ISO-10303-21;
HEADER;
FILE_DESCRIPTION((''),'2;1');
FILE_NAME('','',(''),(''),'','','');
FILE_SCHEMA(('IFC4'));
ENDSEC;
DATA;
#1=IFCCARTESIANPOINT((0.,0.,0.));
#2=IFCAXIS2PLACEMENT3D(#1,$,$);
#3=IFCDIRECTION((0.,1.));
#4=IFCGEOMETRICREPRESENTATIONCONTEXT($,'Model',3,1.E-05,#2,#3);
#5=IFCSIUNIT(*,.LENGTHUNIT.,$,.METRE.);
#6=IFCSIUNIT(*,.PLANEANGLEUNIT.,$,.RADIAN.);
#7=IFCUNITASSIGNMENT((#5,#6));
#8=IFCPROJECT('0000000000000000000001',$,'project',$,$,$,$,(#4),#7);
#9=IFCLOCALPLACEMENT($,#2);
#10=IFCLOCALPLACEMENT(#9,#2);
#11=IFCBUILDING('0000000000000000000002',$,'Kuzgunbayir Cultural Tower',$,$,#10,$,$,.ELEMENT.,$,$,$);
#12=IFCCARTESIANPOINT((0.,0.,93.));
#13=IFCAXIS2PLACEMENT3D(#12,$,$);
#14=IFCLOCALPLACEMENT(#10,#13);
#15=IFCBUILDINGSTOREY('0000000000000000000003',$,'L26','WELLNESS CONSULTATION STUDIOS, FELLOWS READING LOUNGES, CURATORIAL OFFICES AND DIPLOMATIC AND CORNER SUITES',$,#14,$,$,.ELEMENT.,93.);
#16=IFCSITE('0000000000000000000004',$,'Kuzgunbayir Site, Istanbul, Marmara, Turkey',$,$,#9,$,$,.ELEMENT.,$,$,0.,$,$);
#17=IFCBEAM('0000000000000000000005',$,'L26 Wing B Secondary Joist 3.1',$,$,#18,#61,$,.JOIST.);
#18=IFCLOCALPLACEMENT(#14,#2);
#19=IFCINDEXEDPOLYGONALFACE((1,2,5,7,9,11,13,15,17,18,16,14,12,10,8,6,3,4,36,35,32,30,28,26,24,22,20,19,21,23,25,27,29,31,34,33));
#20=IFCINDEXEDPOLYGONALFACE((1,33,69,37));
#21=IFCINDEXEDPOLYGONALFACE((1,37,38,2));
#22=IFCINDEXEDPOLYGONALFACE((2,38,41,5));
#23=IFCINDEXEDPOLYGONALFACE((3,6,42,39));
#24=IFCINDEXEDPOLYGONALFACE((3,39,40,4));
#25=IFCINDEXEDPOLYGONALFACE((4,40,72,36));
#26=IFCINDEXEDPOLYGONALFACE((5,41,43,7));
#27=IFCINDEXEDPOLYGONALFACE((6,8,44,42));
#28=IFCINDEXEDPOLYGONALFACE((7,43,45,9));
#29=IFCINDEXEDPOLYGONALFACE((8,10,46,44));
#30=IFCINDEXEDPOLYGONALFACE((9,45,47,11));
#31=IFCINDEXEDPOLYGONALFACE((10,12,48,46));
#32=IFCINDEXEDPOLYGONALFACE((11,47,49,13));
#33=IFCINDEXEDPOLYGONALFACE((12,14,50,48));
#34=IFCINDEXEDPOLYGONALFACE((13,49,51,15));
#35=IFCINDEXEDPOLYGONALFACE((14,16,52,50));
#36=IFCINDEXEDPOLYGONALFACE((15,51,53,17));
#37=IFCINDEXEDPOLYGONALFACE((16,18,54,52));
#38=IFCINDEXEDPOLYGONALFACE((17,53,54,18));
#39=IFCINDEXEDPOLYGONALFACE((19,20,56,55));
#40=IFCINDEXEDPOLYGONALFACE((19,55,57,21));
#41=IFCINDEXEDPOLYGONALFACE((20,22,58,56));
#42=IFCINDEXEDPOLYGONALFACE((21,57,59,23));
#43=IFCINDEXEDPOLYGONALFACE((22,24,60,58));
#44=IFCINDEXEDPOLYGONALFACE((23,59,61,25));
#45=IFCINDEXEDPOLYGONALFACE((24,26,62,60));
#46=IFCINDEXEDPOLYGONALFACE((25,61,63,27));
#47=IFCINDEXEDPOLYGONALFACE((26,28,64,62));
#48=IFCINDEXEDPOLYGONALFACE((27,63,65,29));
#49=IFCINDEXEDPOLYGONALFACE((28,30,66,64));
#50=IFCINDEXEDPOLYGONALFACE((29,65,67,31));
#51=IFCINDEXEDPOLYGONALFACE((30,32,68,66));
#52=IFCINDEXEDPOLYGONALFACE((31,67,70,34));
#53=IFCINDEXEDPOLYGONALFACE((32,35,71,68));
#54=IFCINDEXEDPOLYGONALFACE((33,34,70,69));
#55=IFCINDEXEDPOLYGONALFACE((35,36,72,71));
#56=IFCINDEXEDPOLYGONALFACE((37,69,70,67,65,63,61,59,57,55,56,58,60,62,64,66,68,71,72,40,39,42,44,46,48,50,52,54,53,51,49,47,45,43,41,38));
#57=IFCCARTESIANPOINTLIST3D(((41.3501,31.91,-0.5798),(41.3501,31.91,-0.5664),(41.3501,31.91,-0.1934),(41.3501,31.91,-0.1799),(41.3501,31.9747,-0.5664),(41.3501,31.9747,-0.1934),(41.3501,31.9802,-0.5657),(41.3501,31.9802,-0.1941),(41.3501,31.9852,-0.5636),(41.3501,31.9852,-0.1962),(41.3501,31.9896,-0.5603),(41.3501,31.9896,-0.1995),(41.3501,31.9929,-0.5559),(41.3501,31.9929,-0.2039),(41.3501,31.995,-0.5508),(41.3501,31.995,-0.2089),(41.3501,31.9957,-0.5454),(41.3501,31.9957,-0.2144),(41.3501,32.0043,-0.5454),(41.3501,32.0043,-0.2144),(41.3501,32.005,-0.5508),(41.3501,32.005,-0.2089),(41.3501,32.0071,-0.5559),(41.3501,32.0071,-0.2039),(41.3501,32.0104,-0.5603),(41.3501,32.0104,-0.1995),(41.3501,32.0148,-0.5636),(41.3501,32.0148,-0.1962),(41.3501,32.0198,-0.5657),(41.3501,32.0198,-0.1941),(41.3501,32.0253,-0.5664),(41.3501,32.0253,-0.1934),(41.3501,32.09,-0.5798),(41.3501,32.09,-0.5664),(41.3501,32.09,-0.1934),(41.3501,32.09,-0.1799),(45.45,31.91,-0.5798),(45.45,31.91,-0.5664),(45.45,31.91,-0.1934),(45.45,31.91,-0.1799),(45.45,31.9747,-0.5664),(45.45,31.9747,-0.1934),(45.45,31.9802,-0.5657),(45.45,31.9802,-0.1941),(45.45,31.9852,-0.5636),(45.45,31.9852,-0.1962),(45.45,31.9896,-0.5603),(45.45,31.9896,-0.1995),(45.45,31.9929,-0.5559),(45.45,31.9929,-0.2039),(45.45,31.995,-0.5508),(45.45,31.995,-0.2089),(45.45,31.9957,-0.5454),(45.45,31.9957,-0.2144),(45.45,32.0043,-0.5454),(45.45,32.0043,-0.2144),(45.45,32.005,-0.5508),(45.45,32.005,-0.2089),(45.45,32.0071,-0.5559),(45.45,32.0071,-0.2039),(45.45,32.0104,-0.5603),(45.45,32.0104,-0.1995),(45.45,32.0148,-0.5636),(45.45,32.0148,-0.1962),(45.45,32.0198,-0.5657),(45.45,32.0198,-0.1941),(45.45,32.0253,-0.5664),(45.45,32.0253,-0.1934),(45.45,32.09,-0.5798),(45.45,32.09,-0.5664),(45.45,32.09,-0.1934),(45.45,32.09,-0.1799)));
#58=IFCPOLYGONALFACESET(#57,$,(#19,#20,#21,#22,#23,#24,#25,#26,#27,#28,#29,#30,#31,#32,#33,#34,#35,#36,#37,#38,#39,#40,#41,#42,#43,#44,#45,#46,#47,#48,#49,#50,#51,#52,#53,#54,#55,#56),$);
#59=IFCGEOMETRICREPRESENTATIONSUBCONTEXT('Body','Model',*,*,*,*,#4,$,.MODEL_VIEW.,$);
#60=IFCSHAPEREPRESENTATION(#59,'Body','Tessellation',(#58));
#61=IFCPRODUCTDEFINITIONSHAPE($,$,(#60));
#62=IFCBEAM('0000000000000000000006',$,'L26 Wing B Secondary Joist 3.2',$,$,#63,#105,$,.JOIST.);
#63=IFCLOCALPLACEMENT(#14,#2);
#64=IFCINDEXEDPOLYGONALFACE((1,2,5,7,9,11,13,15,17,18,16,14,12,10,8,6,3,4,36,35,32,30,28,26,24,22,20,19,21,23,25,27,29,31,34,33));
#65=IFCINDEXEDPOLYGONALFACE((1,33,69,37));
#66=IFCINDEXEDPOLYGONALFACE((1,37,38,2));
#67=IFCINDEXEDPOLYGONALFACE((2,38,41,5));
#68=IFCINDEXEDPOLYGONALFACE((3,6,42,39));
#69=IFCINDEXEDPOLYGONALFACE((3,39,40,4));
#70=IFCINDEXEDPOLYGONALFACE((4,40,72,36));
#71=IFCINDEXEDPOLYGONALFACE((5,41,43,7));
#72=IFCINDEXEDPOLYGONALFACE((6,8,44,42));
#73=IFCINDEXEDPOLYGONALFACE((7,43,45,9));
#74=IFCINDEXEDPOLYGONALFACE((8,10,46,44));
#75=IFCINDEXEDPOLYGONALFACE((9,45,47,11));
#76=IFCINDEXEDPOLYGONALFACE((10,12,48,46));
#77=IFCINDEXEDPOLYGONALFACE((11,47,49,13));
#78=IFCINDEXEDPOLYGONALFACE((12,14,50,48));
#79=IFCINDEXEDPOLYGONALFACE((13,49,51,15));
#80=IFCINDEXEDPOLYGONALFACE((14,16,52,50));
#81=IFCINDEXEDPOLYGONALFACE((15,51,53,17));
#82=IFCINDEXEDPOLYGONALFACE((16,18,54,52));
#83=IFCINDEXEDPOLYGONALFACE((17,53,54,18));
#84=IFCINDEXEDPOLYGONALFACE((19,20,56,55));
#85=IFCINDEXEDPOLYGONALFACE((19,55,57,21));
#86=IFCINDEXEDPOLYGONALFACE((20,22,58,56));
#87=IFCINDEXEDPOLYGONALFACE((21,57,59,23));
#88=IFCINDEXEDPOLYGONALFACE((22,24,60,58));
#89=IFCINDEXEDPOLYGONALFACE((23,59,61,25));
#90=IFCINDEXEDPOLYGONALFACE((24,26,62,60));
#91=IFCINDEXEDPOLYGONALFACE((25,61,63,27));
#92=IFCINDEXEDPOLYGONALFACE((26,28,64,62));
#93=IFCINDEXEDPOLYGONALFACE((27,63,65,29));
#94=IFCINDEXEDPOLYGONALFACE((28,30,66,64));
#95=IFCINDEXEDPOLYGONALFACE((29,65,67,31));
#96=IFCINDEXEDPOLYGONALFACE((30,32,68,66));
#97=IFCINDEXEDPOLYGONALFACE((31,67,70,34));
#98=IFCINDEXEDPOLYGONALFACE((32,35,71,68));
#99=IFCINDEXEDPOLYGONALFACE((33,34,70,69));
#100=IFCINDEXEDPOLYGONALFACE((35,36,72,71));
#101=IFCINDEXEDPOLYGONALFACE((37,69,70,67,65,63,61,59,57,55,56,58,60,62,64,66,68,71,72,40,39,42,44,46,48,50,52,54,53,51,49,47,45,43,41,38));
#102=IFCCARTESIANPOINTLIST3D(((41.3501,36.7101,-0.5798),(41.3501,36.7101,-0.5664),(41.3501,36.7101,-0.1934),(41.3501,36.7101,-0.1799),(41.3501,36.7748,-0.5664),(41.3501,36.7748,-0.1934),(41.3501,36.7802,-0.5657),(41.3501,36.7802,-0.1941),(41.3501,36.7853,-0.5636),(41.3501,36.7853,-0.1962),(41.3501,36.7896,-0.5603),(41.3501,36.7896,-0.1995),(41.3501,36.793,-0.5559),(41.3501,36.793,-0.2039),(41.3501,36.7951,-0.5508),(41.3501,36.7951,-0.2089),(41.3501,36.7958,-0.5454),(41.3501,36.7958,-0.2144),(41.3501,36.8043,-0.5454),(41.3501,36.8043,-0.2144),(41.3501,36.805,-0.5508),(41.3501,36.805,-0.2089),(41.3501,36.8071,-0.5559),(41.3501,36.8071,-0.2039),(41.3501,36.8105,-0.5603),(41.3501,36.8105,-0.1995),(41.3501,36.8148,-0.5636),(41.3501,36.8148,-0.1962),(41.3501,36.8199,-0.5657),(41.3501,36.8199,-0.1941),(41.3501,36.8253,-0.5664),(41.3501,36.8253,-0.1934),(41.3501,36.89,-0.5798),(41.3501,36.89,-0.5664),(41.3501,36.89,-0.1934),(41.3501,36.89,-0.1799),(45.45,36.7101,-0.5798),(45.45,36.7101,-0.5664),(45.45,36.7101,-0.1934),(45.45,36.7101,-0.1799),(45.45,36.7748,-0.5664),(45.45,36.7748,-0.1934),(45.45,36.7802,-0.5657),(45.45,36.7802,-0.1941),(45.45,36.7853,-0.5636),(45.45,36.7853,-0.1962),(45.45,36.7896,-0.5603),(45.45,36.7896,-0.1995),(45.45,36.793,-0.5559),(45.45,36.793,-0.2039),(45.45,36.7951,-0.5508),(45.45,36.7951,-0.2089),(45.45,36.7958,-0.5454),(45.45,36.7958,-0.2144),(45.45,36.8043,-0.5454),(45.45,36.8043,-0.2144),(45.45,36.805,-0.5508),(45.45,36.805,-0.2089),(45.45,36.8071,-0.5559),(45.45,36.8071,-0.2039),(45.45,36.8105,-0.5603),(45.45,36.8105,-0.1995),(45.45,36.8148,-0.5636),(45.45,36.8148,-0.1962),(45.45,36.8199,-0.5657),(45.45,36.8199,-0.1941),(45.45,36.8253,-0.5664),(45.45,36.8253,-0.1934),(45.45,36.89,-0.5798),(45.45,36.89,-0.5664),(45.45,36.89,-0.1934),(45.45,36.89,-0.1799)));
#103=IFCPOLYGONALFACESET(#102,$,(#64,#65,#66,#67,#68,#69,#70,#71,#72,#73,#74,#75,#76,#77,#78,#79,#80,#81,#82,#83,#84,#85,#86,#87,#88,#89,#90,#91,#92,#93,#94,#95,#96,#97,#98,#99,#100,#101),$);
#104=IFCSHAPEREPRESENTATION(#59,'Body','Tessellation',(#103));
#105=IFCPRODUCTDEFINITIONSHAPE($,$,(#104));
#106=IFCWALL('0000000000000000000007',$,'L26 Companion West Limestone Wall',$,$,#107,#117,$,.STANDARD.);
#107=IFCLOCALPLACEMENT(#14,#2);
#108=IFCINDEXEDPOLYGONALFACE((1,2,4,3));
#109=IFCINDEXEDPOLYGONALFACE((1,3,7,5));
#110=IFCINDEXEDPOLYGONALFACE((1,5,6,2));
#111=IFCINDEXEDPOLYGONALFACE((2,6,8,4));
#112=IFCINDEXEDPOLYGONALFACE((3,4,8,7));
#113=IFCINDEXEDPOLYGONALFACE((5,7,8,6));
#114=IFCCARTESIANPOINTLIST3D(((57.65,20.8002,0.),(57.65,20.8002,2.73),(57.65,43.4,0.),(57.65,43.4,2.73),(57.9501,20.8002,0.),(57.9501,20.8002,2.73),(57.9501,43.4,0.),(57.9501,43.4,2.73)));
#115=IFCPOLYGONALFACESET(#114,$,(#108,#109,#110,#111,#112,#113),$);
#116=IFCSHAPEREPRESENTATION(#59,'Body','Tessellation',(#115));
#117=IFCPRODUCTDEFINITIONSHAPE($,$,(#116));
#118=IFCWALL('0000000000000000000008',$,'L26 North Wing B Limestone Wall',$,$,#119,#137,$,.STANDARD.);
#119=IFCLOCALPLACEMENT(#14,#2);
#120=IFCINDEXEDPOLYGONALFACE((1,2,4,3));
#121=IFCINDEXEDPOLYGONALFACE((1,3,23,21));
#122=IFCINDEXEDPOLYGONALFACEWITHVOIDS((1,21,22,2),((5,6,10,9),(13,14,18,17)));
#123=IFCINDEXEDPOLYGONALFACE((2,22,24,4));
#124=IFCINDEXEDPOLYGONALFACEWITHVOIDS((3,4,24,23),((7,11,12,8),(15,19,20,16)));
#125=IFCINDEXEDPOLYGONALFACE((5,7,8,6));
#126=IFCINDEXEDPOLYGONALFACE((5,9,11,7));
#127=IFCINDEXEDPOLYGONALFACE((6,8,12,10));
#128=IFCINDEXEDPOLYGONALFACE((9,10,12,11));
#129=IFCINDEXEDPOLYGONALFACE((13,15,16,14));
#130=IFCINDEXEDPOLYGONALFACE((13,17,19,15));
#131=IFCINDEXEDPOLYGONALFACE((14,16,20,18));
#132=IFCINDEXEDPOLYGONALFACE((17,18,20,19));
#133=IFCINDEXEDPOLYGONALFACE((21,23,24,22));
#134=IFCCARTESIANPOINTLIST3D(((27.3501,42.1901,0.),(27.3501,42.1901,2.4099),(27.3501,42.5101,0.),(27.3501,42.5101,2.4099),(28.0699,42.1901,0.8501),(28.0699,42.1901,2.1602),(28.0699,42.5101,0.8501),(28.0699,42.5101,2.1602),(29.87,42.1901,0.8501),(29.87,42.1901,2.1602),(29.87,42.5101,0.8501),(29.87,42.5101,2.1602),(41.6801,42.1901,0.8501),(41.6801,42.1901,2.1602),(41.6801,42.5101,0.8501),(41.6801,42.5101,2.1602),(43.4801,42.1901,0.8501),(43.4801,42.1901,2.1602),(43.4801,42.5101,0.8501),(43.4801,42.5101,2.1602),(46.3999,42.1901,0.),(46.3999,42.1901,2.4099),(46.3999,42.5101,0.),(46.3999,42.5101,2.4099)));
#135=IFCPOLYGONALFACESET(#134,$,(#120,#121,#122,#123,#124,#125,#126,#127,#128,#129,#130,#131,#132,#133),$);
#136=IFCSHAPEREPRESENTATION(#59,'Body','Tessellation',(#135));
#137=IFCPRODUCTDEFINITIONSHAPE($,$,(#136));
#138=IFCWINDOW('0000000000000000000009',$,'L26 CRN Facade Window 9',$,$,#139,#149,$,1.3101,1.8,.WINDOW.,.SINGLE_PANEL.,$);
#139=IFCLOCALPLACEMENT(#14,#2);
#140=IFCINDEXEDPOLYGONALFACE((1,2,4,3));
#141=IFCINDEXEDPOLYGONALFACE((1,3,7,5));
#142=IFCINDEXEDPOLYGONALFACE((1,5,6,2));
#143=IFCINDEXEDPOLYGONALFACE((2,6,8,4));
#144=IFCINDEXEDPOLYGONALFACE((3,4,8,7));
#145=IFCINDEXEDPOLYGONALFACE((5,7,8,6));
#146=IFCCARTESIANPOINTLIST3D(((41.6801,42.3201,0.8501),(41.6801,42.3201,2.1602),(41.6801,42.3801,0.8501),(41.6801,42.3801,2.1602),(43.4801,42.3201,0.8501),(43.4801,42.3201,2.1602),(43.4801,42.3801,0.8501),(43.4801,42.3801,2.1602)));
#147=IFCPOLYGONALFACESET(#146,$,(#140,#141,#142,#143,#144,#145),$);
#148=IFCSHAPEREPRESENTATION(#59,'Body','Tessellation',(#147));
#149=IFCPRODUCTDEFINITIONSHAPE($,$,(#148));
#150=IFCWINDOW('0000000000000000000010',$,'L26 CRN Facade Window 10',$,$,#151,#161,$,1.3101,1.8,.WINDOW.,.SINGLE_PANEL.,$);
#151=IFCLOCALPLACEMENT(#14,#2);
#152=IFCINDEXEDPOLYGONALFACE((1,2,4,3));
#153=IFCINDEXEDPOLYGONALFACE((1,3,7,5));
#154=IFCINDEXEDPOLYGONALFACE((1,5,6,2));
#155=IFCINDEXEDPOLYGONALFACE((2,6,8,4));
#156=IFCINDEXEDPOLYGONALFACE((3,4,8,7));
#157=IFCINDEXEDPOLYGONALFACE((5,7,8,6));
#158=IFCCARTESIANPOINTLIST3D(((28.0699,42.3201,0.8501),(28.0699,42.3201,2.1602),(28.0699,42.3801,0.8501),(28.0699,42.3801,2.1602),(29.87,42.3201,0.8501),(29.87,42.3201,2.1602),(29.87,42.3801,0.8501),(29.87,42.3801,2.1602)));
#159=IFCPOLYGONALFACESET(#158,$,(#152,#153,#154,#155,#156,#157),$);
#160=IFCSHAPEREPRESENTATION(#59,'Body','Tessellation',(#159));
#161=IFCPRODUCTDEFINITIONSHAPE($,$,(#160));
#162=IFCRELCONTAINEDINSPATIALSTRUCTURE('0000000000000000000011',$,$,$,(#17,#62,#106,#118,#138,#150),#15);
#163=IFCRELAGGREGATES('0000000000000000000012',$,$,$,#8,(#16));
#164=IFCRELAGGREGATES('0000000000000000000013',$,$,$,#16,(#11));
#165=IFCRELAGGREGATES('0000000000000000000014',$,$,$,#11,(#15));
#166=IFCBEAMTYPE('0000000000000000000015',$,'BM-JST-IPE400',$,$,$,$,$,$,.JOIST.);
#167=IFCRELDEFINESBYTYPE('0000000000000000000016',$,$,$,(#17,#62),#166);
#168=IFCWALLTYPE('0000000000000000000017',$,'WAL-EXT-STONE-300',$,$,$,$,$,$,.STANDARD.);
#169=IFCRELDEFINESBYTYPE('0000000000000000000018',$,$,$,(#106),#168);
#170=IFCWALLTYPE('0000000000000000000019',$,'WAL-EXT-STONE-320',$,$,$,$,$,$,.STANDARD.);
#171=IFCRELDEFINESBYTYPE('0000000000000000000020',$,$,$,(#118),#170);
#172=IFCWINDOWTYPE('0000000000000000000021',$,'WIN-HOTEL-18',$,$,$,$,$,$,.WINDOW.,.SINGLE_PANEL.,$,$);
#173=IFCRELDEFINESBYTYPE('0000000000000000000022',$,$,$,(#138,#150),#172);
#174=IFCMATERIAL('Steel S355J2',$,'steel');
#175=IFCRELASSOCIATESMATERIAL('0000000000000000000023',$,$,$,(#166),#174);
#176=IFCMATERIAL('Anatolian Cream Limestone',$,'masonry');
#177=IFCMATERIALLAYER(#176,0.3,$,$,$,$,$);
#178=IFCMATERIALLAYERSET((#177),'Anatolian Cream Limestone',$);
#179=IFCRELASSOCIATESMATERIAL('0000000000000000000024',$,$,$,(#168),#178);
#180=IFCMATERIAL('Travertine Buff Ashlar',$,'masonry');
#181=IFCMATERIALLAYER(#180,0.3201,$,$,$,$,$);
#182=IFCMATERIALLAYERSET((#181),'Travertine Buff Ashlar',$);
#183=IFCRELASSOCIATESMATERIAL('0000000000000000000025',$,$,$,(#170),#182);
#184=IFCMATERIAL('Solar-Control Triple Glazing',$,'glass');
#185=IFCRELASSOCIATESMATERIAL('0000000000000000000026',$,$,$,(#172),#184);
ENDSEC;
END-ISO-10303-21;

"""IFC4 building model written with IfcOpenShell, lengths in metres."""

from ifc_helpers import new_model, si_unit, direction, frame, frame_2d, origin, origin_2d, place, context, subcontext, project, spatial, rectangle, i_section, extrude, material, layer, layer_set, material_profile, profile_set, type_object, element, fill, save


model = new_model("IFC4")

# Units and contexts
model_context = context("Model", 3, precision=1e-05, world=origin(), true_north=direction((0.0, 1.0)))
body_context = subcontext(model_context, "Body", "Model", "MODEL_VIEW")
ifc_project = project(units=[si_unit("LENGTHUNIT", "METRE"), si_unit("PLANEANGLEUNIT", "RADIAN")], contexts=[model_context])

# Site, building, storey
site_placement = place(None, origin())
site = spatial("IfcSite", under=ifc_project, at=site_placement, Name="Kuzgunbayir Site, Istanbul, Marmara, Turkey", CompositionType="ELEMENT", RefElevation=0.0)
building_placement = place(site_placement, origin())
building = spatial("IfcBuilding", under=site, at=building_placement, Name="Kuzgunbayir Cultural Tower", CompositionType="ELEMENT")
storey_placement = place(building_placement, frame((0.0, 0.0, 93.0)))
storey = spatial("IfcBuildingStorey", under=building, at=storey_placement, Name="L26", Description="WELLNESS CONSULTATION STUDIOS, FELLOWS READING LOUNGES, CURATORIAL OFFICES AND DIPLOMATIC AND CORNER SUITES", CompositionType="ELEMENT", Elevation=93.0)

# Beams
ifc_material_1 = material(Name="Steel S355J2", Category="steel")
ifc_material_profile_1 = material_profile(ifc_material_1, i_section(OverallWidth=0.1799, OverallDepth=0.3999, WebThickness=0.0085, FlangeThickness=0.0134, FilletRadius=0.021, at=origin_2d()), Name="IPE 400")
ifc_profile_set_1 = profile_set([ifc_material_profile_1], Name="Steel S355J2")
beam_type_1 = type_object("IfcBeamType", Name="BM-JST-IPE400", PredefinedType="JOIST", material=ifc_profile_set_1)
for number, where, z_axis, x_axis, name in (
    (1, (41.3501, 32.0, -0.3799), (1.0, 0.0, 0.0), (0.0, 1.0, 0.0), "L26 Wing B Secondary Joist 3.1"),
    (2, (41.3501, 36.8, -0.3799), (1.0, 0.0, 0.0), (0.0, 1.0, 0.0), "L26 Wing B Secondary Joist 3.2"),
):
    element("IfcBeam", number, at=place(storey_placement, frame(where, z_axis=z_axis, x_axis=x_axis)), inside=storey, type_object=beam_type_1, Name=name, PredefinedType="JOIST", context=body_context, shape_type="SweptSolid", body=[
        extrude(i_section(OverallWidth=0.1799, OverallDepth=0.3999, WebThickness=0.0085, FlangeThickness=0.0134, FilletRadius=0.021, at=origin_2d()), origin(), (0.0, 0.0, 1.0), 4.0999),
    ])

# Wall
ifc_material_2 = material(Name="Anatolian Cream Limestone", Category="masonry")
ifc_layer_1 = layer(ifc_material_2, 0.3)
ifc_layer_set_1 = layer_set([ifc_layer_1], Name="Anatolian Cream Limestone")
wall_type_1 = type_object("IfcWallType", Name="WAL-EXT-STONE-300", PredefinedType="STANDARD", material=ifc_layer_set_1)
wall_1_placement = place(storey_placement, frame((57.8, 43.3999, 0.0), z_axis=(0.0, 0.0, 1.0), x_axis=(0.0, -1.0, 0.0)))
element("IfcWall", 3, at=wall_1_placement, inside=storey, type_object=wall_type_1, Name="L26 Companion West Limestone Wall", PredefinedType="STANDARD", context=body_context, shape_type="SweptSolid", body=[
    extrude(rectangle(XDim=22.5999, YDim=0.3, at=frame_2d((11.2998, 0.0))), origin(), (0.0, 0.0, 1.0), 2.73),
])

# Wall, openings, windows
ifc_material_3 = material(Name="Travertine Buff Ashlar", Category="masonry")
ifc_layer_2 = layer(ifc_material_3, 0.3201)
ifc_layer_set_2 = layer_set([ifc_layer_2], Name="Travertine Buff Ashlar")
wall_type_2 = type_object("IfcWallType", Name="WAL-EXT-STONE-320", PredefinedType="STANDARD", material=ifc_layer_set_2)
wall_2_placement = place(storey_placement, frame((46.3999, 42.3501, 0.0), z_axis=(0.0, 0.0, 1.0), x_axis=(-1.0, 0.0, 0.0)))
wall_2 = element("IfcWall", 4, at=wall_2_placement, inside=storey, type_object=wall_type_2, Name="L26 North Wing B Limestone Wall", PredefinedType="STANDARD", context=body_context, shape_type="SweptSolid", body=[
    extrude(rectangle(XDim=19.0498, YDim=0.3201, at=frame_2d((9.5249, 0.0))), origin(), (0.0, 0.0, 1.0), 2.4099),
])
opening_1_placement = place(wall_2_placement, frame((2.9199, 0.0, 0.8501)))
opening_1 = element("IfcOpeningElement", 5, at=opening_1_placement, cuts=wall_2, PredefinedType="OPENING", context=body_context, shape_type="SweptSolid", body=[
    extrude(rectangle(XDim=1.8, YDim=1.3101, at=frame_2d((0.8999, 0.655))), frame((0.0, 0.1699, 0.0), z_axis=(0.0, -1.0, 0.0), x_axis=(1.0, 0.0, 0.0)), (0.0, 0.0, 1.0), 0.3401),
])
opening_2_placement = place(wall_2_placement, frame((16.53, 0.0, 0.8501)))
opening_2 = element("IfcOpeningElement", 6, at=opening_2_placement, cuts=wall_2, PredefinedType="OPENING", context=body_context, shape_type="SweptSolid", body=[
    extrude(rectangle(XDim=1.8, YDim=1.3101, at=frame_2d((0.8999, 0.655))), frame((0.0, 0.1699, 0.0), z_axis=(0.0, -1.0, 0.0), x_axis=(1.0, 0.0, 0.0)), (0.0, 0.0, 1.0), 0.3401),
])
ifc_material_4 = material(Name="Solar-Control Triple Glazing", Category="glass")
window_type = type_object("IfcWindowType", Name="WIN-HOTEL-18", PartitioningType="SINGLE_PANEL", PredefinedType="WINDOW", material=ifc_material_4)
window_1_placement = place(opening_1_placement, origin())
window_1 = element("IfcWindow", 7, at=window_1_placement, inside=storey, type_object=window_type, Name="L26 CRN Facade Window 9", OverallHeight=1.3101, OverallWidth=1.8, PartitioningType="SINGLE_PANEL", PredefinedType="WINDOW", context=body_context, shape_type="SweptSolid", body=[
    extrude(rectangle(XDim=1.8, YDim=1.3101, at=frame_2d((0.8999, 0.655))), frame((0.0, 0.03, 0.0), z_axis=(0.0, -1.0, 0.0), x_axis=(1.0, 0.0, 0.0)), (0.0, 0.0, 1.0), 0.0601),
])
fill(opening_1, window_1)
window_2_placement = place(opening_2_placement, origin())
window_2 = element("IfcWindow", 8, at=window_2_placement, inside=storey, type_object=window_type, Name="L26 CRN Facade Window 10", OverallHeight=1.3101, OverallWidth=1.8, PartitioningType="SINGLE_PANEL", PredefinedType="WINDOW", context=body_context, shape_type="SweptSolid", body=[
    extrude(rectangle(XDim=1.8, YDim=1.3101, at=frame_2d((0.8999, 0.655))), frame((0.0, 0.03, 0.0), z_axis=(0.0, -1.0, 0.0), x_axis=(1.0, 0.0, 0.0)), (0.0, 0.0, 1.0), 0.0601),
])
fill(opening_2, window_2)

save(model, "model.ifc")
